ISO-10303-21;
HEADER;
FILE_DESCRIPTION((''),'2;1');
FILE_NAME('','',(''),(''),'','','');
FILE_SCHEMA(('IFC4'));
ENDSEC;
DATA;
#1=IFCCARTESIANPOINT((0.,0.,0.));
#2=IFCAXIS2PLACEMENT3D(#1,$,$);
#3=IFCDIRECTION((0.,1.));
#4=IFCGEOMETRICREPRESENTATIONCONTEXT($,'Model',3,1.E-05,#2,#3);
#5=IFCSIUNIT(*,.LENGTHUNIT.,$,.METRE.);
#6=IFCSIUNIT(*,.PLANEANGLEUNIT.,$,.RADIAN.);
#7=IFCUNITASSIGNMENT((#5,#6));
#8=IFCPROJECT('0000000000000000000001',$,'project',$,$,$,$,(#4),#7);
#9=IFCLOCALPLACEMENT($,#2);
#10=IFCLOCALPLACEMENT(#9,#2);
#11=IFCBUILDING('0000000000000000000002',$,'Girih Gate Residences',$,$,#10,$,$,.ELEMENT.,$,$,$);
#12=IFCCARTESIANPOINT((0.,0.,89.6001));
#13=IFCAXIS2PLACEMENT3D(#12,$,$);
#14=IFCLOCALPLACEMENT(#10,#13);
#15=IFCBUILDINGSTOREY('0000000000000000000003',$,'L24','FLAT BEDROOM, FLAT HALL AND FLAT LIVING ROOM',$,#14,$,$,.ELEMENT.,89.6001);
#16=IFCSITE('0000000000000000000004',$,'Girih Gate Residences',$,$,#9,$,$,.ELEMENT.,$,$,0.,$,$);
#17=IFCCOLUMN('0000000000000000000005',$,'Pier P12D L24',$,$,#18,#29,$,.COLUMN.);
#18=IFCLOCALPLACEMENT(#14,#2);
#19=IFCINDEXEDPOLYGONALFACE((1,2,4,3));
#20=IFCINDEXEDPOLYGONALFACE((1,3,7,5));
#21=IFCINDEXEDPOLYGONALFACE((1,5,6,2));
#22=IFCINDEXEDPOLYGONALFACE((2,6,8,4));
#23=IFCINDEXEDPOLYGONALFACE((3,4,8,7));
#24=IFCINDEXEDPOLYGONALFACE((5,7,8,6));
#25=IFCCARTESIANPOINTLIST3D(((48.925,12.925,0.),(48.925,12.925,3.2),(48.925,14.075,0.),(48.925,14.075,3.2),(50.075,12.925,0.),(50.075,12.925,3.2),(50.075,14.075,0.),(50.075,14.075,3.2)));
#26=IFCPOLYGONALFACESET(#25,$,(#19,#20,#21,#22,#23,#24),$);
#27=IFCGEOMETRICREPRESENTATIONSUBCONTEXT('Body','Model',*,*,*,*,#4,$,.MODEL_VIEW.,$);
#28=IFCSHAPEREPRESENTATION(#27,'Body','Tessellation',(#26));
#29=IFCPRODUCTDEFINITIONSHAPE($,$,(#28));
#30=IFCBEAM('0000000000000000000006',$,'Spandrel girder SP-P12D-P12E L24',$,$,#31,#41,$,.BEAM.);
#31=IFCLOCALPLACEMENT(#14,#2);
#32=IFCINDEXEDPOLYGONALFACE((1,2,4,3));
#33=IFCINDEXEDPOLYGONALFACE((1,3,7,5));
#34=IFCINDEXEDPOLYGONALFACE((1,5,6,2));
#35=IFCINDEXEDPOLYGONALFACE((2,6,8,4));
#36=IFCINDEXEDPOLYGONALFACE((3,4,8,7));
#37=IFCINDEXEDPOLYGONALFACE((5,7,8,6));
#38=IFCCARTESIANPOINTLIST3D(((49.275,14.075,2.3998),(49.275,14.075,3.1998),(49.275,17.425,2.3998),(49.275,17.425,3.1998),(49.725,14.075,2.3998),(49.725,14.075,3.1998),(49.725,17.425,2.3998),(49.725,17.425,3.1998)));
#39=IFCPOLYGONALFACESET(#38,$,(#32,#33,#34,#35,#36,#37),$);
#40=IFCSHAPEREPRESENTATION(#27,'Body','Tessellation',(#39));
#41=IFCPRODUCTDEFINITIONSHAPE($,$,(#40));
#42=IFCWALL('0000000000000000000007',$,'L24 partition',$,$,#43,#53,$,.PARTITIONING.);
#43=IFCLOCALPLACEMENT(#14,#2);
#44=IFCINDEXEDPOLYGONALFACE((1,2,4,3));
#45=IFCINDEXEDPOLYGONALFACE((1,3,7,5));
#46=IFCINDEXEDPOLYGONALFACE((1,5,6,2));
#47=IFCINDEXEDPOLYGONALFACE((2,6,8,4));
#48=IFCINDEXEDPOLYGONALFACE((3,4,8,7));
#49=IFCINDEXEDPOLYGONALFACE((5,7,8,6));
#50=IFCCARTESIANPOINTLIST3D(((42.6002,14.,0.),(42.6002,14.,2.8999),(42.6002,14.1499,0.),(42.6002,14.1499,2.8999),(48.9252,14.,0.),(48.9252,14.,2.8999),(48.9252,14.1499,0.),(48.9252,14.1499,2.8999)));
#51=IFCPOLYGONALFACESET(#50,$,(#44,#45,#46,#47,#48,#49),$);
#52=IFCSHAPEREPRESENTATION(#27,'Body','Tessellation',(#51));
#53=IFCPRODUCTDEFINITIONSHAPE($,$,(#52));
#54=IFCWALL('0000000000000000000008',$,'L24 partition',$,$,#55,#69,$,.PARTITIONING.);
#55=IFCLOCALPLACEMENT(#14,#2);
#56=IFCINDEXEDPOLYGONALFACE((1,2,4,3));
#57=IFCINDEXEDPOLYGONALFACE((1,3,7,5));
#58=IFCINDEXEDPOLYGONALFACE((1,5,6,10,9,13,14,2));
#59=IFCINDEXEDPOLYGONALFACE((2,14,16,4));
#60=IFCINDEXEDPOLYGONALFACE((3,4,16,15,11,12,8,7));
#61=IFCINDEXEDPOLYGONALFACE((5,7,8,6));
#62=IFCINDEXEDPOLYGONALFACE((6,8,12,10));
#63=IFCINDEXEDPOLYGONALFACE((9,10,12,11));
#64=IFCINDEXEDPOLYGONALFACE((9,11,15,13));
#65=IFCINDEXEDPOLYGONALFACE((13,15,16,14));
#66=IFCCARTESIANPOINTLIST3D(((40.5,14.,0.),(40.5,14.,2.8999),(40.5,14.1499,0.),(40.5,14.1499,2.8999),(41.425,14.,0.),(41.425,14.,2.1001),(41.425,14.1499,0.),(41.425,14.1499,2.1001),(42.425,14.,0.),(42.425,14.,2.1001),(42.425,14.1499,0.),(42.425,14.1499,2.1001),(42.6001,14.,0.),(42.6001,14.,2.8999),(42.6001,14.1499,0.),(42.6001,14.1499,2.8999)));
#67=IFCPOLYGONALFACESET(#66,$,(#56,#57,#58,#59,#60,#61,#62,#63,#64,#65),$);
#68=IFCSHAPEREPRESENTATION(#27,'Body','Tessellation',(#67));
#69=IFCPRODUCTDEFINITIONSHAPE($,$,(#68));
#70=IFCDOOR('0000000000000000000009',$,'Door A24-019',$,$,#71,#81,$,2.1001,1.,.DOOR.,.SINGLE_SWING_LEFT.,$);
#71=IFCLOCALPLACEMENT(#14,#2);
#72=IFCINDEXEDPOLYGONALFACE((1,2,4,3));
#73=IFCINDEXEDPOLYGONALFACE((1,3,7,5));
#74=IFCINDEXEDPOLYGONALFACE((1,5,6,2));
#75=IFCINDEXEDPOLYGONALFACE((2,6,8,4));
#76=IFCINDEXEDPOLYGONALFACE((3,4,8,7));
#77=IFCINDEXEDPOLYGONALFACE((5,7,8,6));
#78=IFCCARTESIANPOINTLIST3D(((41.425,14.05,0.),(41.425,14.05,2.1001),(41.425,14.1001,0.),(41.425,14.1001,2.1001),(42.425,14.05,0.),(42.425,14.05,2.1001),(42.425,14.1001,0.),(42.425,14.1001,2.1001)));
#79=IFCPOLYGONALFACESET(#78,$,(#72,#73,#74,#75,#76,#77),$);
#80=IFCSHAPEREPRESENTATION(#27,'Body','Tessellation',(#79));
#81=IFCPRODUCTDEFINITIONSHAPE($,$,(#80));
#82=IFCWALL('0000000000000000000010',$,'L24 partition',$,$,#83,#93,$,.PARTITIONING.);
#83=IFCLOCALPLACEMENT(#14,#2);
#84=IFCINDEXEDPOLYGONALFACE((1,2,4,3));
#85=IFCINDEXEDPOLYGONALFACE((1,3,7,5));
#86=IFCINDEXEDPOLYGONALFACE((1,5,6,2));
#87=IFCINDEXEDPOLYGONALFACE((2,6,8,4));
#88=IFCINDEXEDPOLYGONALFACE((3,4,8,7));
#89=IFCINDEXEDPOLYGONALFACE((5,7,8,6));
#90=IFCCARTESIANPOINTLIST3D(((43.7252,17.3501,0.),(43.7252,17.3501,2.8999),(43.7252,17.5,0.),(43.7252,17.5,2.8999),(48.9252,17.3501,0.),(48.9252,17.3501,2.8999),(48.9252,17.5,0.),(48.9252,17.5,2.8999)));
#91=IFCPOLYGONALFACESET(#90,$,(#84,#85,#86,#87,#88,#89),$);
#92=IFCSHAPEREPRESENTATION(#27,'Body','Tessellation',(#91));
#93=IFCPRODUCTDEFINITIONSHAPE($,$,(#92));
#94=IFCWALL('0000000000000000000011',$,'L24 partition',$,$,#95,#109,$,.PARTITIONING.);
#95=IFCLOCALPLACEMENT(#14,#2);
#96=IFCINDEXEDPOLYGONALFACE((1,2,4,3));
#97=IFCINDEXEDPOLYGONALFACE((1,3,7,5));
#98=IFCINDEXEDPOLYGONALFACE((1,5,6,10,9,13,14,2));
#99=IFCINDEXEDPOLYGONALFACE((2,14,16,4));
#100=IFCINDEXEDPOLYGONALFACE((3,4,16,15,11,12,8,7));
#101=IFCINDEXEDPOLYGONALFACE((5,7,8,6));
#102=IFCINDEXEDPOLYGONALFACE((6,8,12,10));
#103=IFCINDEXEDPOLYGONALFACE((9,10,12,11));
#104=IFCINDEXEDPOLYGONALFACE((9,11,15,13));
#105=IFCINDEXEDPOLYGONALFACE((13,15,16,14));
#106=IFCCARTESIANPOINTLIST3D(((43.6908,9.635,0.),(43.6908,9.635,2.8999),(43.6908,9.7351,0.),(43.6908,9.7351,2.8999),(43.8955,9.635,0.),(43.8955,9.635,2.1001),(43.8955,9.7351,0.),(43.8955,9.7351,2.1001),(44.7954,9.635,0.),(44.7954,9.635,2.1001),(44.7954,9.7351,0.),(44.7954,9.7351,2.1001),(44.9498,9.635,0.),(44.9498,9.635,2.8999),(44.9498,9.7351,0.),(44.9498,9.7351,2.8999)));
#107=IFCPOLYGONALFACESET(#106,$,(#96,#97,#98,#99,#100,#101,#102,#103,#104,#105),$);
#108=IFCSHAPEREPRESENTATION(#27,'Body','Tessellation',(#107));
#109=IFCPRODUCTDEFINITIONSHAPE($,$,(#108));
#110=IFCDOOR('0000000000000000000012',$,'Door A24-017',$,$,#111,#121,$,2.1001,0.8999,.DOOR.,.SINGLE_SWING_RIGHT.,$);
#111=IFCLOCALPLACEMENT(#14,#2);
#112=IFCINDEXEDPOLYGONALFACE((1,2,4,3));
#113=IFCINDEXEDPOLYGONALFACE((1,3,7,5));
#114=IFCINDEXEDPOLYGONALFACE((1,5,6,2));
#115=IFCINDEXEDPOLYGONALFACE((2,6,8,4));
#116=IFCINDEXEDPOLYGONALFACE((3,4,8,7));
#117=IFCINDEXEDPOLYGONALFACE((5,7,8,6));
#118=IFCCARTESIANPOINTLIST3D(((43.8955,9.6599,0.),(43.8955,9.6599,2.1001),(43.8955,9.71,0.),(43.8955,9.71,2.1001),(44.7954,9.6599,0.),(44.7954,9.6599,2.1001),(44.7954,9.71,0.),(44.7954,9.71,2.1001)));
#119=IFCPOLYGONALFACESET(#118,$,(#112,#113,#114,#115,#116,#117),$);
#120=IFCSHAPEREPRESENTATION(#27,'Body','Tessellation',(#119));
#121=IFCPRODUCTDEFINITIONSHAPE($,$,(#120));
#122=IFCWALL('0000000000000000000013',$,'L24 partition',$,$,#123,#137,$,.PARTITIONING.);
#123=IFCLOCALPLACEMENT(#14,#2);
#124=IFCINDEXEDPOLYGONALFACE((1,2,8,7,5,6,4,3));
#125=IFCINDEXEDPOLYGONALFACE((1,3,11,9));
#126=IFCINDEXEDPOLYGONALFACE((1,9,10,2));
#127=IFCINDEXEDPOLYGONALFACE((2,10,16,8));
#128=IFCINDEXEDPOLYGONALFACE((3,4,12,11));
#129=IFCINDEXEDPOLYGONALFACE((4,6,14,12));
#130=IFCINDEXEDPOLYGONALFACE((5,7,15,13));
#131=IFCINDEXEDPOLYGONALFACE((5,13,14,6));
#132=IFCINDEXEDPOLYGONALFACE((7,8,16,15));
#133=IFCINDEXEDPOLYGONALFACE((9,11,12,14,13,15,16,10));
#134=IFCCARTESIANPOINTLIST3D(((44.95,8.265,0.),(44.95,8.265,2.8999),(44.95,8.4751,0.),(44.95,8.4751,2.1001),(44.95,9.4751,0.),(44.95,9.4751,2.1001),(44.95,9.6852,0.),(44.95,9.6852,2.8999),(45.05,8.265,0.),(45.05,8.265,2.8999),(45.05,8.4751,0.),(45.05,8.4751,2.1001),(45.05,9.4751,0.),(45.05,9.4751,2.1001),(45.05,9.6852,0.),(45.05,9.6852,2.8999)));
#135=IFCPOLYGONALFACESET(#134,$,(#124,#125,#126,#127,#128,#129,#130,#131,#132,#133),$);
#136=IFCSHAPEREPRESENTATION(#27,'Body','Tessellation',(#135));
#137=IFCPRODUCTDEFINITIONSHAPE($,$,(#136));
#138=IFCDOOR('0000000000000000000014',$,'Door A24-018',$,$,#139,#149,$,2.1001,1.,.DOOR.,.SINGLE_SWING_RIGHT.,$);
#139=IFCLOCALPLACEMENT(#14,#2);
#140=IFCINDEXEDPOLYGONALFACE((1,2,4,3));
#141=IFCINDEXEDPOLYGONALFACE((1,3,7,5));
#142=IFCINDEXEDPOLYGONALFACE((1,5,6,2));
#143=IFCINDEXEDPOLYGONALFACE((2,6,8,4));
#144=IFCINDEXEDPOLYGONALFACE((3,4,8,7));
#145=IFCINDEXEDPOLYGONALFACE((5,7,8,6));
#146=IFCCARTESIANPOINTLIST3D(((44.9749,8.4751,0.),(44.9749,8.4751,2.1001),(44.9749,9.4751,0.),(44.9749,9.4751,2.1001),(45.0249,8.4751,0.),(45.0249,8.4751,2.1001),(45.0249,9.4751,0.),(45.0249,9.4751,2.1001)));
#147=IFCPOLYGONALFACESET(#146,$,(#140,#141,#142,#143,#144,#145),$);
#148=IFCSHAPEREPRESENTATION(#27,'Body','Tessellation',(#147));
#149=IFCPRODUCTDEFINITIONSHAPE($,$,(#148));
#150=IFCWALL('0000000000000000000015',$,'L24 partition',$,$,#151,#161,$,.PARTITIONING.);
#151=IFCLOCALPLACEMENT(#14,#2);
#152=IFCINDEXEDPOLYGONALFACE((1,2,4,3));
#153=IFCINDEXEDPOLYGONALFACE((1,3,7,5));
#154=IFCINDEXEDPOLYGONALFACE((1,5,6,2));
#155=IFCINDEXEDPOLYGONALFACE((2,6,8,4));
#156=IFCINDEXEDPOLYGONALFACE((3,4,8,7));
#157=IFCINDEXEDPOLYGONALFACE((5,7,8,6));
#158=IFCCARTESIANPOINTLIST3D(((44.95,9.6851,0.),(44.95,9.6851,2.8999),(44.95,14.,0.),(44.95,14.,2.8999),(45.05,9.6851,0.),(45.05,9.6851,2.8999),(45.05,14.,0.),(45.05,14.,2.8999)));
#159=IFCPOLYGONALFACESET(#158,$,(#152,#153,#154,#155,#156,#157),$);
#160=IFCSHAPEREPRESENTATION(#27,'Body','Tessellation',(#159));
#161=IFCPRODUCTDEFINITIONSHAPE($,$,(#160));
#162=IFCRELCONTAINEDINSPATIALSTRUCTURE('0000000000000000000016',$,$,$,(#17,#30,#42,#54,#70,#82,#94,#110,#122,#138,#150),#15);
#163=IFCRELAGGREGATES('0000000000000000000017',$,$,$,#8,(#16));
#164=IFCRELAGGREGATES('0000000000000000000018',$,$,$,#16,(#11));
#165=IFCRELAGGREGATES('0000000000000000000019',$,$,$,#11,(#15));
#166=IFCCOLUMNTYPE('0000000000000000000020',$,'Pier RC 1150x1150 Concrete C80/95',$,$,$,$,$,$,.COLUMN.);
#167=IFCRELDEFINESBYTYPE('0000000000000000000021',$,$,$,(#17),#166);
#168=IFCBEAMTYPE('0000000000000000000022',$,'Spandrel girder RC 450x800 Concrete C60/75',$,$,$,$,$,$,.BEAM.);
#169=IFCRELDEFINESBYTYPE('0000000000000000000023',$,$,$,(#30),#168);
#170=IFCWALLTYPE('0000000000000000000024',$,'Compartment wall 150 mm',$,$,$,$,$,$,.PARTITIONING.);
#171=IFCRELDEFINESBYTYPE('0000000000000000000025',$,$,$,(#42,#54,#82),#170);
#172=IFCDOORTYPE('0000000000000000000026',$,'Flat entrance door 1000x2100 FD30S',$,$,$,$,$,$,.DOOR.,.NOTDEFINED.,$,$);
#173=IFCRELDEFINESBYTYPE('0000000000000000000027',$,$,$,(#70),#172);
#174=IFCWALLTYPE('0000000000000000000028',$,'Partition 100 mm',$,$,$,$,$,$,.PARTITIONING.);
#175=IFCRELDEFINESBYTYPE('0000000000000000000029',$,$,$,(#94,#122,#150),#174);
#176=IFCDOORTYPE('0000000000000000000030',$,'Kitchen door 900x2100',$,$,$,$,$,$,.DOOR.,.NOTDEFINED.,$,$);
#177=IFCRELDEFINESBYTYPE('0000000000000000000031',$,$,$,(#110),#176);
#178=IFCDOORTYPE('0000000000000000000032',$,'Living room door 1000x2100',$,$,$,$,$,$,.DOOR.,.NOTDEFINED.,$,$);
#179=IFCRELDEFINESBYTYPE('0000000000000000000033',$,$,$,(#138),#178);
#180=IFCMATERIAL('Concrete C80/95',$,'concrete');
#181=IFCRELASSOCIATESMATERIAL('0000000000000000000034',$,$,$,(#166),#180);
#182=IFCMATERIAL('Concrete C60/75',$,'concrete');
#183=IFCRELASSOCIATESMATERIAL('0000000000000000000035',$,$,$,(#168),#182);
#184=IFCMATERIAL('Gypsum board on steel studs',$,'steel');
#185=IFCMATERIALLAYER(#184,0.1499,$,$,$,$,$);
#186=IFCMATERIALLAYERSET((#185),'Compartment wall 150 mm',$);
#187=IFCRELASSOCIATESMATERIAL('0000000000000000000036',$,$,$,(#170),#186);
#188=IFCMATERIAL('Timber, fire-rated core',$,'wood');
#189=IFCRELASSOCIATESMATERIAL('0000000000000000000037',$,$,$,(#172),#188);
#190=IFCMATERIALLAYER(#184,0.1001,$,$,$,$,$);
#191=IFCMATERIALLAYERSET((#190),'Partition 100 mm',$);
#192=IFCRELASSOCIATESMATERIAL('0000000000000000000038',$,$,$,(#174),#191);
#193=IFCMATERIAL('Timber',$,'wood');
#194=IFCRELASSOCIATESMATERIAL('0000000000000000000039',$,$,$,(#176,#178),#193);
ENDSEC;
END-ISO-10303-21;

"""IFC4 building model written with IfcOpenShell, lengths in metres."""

from ifc_helpers import new_model, si_unit, direction, frame, frame_2d, origin, origin_2d, place, context, subcontext, project, spatial, rectangle, extrude, material, layer, layer_set, material_profile, profile_set, type_object, element, fill, save


model = new_model("IFC4")

# Units and contexts
model_context = context("Model", 3, precision=1e-05, world=origin(), true_north=direction((0.0, 1.0)))
body_context = subcontext(model_context, "Body", "Model", "MODEL_VIEW")
ifc_project = project(units=[si_unit("LENGTHUNIT", "METRE"), si_unit("PLANEANGLEUNIT", "RADIAN")], contexts=[model_context])

# Site, building, storey
site_placement = place(None, origin())
site = spatial("IfcSite", under=ifc_project, at=site_placement, Name="Girih Gate Residences", CompositionType="ELEMENT", RefElevation=0.0)
building_placement = place(site_placement, origin())
building = spatial("IfcBuilding", under=site, at=building_placement, Name="Girih Gate Residences", CompositionType="ELEMENT")
storey_placement = place(building_placement, frame((0.0, 0.0, 89.6001)))
storey = spatial("IfcBuildingStorey", under=building, at=storey_placement, Name="L24", Description="FLAT BEDROOM, FLAT HALL AND FLAT LIVING ROOM", CompositionType="ELEMENT", Elevation=89.6001)

# Column
ifc_material_1 = material(Name="Concrete C80/95", Category="concrete")
ifc_material_profile_1 = material_profile(ifc_material_1, rectangle(XDim=1.1499, YDim=1.1499, at=origin_2d()))
ifc_profile_set_1 = profile_set([ifc_material_profile_1], Name="Concrete C80/95")
column_type = type_object("IfcColumnType", Name="Pier RC 1150x1150 Concrete C80/95", PredefinedType="COLUMN", material=ifc_profile_set_1)
column_placement = place(storey_placement, frame((49.5, 13.5, 0.0), z_axis=(0.0, 0.0, 1.0), x_axis=(1.0, 0.0, 0.0)))
element("IfcColumn", 1, at=column_placement, inside=storey, type_object=column_type, Name="Pier P12D L24", PredefinedType="COLUMN", context=body_context, shape_type="SweptSolid", body=[
    extrude(rectangle(XDim=1.1499, YDim=1.1499, at=origin_2d()), origin(), (0.0, 0.0, 1.0), 3.2),
])

# Beam
ifc_material_2 = material(Name="Concrete C60/75", Category="concrete")
ifc_material_profile_2 = material_profile(ifc_material_2, rectangle(XDim=0.45, YDim=0.8, at=origin_2d()))
ifc_profile_set_2 = profile_set([ifc_material_profile_2], Name="Concrete C60/75")
beam_type = type_object("IfcBeamType", Name="Spandrel girder RC 450x800 Concrete C60/75", PredefinedType="BEAM", material=ifc_profile_set_2)
beam_placement = place(storey_placement, frame((49.5, 14.075, 2.7998), z_axis=(0.0, 1.0, 0.0), x_axis=(-1.0, 0.0, 0.0)))
element("IfcBeam", 2, at=beam_placement, inside=storey, type_object=beam_type, Name="Spandrel girder SP-P12D-P12E L24", PredefinedType="BEAM", context=body_context, shape_type="SweptSolid", body=[
    extrude(rectangle(XDim=0.45, YDim=0.8, at=origin_2d()), origin(), (0.0, 0.0, 1.0), 3.3501),
])

# Wall
ifc_material_3 = material(Name="Gypsum board on steel studs", Category="steel")
ifc_layer_1 = layer(ifc_material_3, 0.1499)
ifc_layer_set_1 = layer_set([ifc_layer_1], Name="Compartment wall 150 mm")
wall_type_1 = type_object("IfcWallType", Name="Compartment wall 150 mm", PredefinedType="PARTITIONING", material=ifc_layer_set_1)
wall_1_placement = place(storey_placement, frame((42.6001, 14.075, 0.0), z_axis=(0.0, 0.0, 1.0), x_axis=(1.0, 0.0, 0.0)))
element("IfcWall", 3, at=wall_1_placement, inside=storey, type_object=wall_type_1, Name="L24 partition", PredefinedType="PARTITIONING", context=body_context, shape_type="SweptSolid", body=[
    extrude(rectangle(XDim=6.325, YDim=0.1499, at=frame_2d((3.1626, 0.0))), origin(), (0.0, 0.0, 1.0), 2.8999),
])

# Wall, opening, door
wall_2_placement = place(storey_placement, frame((42.6001, 14.075, 0.0), z_axis=(0.0, 0.0, 1.0), x_axis=(-1.0, 0.0, 0.0)))
wall_2 = element("IfcWall", 4, at=wall_2_placement, inside=storey, type_object=wall_type_1, Name="L24 partition", PredefinedType="PARTITIONING", context=body_context, shape_type="SweptSolid", body=[
    extrude(rectangle(XDim=2.1001, YDim=0.1499, at=frame_2d((1.05, 0.0))), origin(), (0.0, 0.0, 1.0), 2.8999),
])
opening_1_placement = place(wall_2_placement, frame((0.175, 0.0, 0.0)))
opening_1 = element("IfcOpeningElement", 5, at=opening_1_placement, cuts=wall_2, PredefinedType="OPENING", context=body_context, shape_type="SweptSolid", body=[
    extrude(rectangle(XDim=1.0, YDim=2.1001, at=frame_2d((0.5, 1.05))), frame((0.0, 0.085, 0.0), z_axis=(0.0, -1.0, 0.0), x_axis=(1.0, 0.0, 0.0)), (0.0, 0.0, 1.0), 0.1699),
])
ifc_material_4 = material(Name="Timber, fire-rated core", Category="wood")
door_type_1 = type_object("IfcDoorType", Name="Flat entrance door 1000x2100 FD30S", OperationType="NOTDEFINED", PredefinedType="DOOR", material=ifc_material_4)
door_1_placement = place(opening_1_placement, origin())
door_1 = element("IfcDoor", 6, at=door_1_placement, inside=storey, type_object=door_type_1, Name="Door A24-019", OperationType="SINGLE_SWING_LEFT", OverallHeight=2.1001, OverallWidth=1.0, PredefinedType="DOOR", context=body_context, shape_type="SweptSolid", body=[
    extrude(rectangle(XDim=1.0, YDim=2.1001, at=frame_2d((0.5, 1.05))), frame((0.0, 0.0249, 0.0), z_axis=(0.0, -1.0, 0.0), x_axis=(1.0, 0.0, 0.0)), (0.0, 0.0, 1.0), 0.05),
])
fill(opening_1, door_1)

# Wall
wall_3_placement = place(storey_placement, frame((43.7251, 17.425, 0.0), z_axis=(0.0, 0.0, 1.0), x_axis=(1.0, 0.0, 0.0)))
element("IfcWall", 7, at=wall_3_placement, inside=storey, type_object=wall_type_1, Name="L24 partition", PredefinedType="PARTITIONING", context=body_context, shape_type="SweptSolid", body=[
    extrude(rectangle(XDim=5.2, YDim=0.1499, at=frame_2d((2.6001, 0.0))), origin(), (0.0, 0.0, 1.0), 2.8999),
])

# Walls, openings, doors
ifc_layer_2 = layer(ifc_material_3, 0.1001)
ifc_layer_set_2 = layer_set([ifc_layer_2], Name="Partition 100 mm")
wall_type_2 = type_object("IfcWallType", Name="Partition 100 mm", PredefinedType="PARTITIONING", material=ifc_layer_set_2)
wall_4_placement = place(storey_placement, frame((43.6909, 9.6851, 0.0), z_axis=(0.0, 0.0, 1.0), x_axis=(1.0, 0.0, 0.0)))
wall_4 = element("IfcWall", 8, at=wall_4_placement, inside=storey, type_object=wall_type_2, Name="L24 partition", PredefinedType="PARTITIONING", context=body_context, shape_type="SweptSolid", body=[
    extrude(rectangle(XDim=1.259, YDim=0.1001, at=frame_2d((0.6294, 0.0))), origin(), (0.0, 0.0, 1.0), 2.8999),
])
opening_2_placement = place(wall_4_placement, frame((0.2046, 0.0, 0.0)))
opening_2 = element("IfcOpeningElement", 9, at=opening_2_placement, cuts=wall_4, PredefinedType="OPENING", context=body_context, shape_type="SweptSolid", body=[
    extrude(rectangle(XDim=0.8999, YDim=2.1001, at=frame_2d((0.45, 1.05))), frame((0.0, 0.0601, 0.0), z_axis=(0.0, -1.0, 0.0), x_axis=(1.0, 0.0, 0.0)), (0.0, 0.0, 1.0), 0.1201),
])
ifc_material_5 = material(Name="Timber", Category="wood")
door_type_2 = type_object("IfcDoorType", Name="Kitchen door 900x2100", OperationType="NOTDEFINED", PredefinedType="DOOR", material=ifc_material_5)
door_2_placement = place(opening_2_placement, origin())
door_2 = element("IfcDoor", 10, at=door_2_placement, inside=storey, type_object=door_type_2, Name="Door A24-017", OperationType="SINGLE_SWING_RIGHT", OverallHeight=2.1001, OverallWidth=0.8999, PredefinedType="DOOR", context=body_context, shape_type="SweptSolid", body=[
    extrude(rectangle(XDim=0.8999, YDim=2.1001, at=frame_2d((0.45, 1.05))), frame((0.0, 0.0249, 0.0), z_axis=(0.0, -1.0, 0.0), x_axis=(1.0, 0.0, 0.0)), (0.0, 0.0, 1.0), 0.05),
])
fill(opening_2, door_2)
wall_5_placement = place(storey_placement, frame((45.0, 9.6851, 0.0), z_axis=(0.0, 0.0, 1.0), x_axis=(0.0, -1.0, 0.0)))
wall_5 = element("IfcWall", 11, at=wall_5_placement, inside=storey, type_object=wall_type_2, Name="L24 partition", PredefinedType="PARTITIONING", context=body_context, shape_type="SweptSolid", body=[
    extrude(rectangle(XDim=1.4202, YDim=0.1001, at=frame_2d((0.71, 0.0))), origin(), (0.0, 0.0, 1.0), 2.8999),
])
opening_3_placement = place(wall_5_placement, frame((0.21, 0.0, 0.0)))
opening_3 = element("IfcOpeningElement", 12, at=opening_3_placement, cuts=wall_5, PredefinedType="OPENING", context=body_context, shape_type="SweptSolid", body=[
    extrude(rectangle(XDim=1.0, YDim=2.1001, at=frame_2d((0.5, 1.05))), frame((0.0, 0.0601, 0.0), z_axis=(0.0, -1.0, 0.0), x_axis=(1.0, 0.0, 0.0)), (0.0, 0.0, 1.0), 0.1201),
])
door_type_3 = type_object("IfcDoorType", Name="Living room door 1000x2100", OperationType="NOTDEFINED", PredefinedType="DOOR", material=ifc_material_5)
door_3_placement = place(opening_3_placement, origin())
door_3 = element("IfcDoor", 13, at=door_3_placement, inside=storey, type_object=door_type_3, Name="Door A24-018", OperationType="SINGLE_SWING_RIGHT", OverallHeight=2.1001, OverallWidth=1.0, PredefinedType="DOOR", context=body_context, shape_type="SweptSolid", body=[
    extrude(rectangle(XDim=1.0, YDim=2.1001, at=frame_2d((0.5, 1.05))), frame((0.0, 0.0249, 0.0), z_axis=(0.0, -1.0, 0.0), x_axis=(1.0, 0.0, 0.0)), (0.0, 0.0, 1.0), 0.05),
])
fill(opening_3, door_3)

# Wall
wall_6_placement = place(storey_placement, frame((45.0, 9.6851, 0.0), z_axis=(0.0, 0.0, 1.0), x_axis=(0.0, 1.0, 0.0)))
element("IfcWall", 14, at=wall_6_placement, inside=storey, type_object=wall_type_2, Name="L24 partition", PredefinedType="PARTITIONING", context=body_context, shape_type="SweptSolid", body=[
    extrude(rectangle(XDim=4.3149, YDim=0.1001, at=frame_2d((2.1575, 0.0))), origin(), (0.0, 0.0, 1.0), 2.8999),
])

save(model, "model.ifc")
